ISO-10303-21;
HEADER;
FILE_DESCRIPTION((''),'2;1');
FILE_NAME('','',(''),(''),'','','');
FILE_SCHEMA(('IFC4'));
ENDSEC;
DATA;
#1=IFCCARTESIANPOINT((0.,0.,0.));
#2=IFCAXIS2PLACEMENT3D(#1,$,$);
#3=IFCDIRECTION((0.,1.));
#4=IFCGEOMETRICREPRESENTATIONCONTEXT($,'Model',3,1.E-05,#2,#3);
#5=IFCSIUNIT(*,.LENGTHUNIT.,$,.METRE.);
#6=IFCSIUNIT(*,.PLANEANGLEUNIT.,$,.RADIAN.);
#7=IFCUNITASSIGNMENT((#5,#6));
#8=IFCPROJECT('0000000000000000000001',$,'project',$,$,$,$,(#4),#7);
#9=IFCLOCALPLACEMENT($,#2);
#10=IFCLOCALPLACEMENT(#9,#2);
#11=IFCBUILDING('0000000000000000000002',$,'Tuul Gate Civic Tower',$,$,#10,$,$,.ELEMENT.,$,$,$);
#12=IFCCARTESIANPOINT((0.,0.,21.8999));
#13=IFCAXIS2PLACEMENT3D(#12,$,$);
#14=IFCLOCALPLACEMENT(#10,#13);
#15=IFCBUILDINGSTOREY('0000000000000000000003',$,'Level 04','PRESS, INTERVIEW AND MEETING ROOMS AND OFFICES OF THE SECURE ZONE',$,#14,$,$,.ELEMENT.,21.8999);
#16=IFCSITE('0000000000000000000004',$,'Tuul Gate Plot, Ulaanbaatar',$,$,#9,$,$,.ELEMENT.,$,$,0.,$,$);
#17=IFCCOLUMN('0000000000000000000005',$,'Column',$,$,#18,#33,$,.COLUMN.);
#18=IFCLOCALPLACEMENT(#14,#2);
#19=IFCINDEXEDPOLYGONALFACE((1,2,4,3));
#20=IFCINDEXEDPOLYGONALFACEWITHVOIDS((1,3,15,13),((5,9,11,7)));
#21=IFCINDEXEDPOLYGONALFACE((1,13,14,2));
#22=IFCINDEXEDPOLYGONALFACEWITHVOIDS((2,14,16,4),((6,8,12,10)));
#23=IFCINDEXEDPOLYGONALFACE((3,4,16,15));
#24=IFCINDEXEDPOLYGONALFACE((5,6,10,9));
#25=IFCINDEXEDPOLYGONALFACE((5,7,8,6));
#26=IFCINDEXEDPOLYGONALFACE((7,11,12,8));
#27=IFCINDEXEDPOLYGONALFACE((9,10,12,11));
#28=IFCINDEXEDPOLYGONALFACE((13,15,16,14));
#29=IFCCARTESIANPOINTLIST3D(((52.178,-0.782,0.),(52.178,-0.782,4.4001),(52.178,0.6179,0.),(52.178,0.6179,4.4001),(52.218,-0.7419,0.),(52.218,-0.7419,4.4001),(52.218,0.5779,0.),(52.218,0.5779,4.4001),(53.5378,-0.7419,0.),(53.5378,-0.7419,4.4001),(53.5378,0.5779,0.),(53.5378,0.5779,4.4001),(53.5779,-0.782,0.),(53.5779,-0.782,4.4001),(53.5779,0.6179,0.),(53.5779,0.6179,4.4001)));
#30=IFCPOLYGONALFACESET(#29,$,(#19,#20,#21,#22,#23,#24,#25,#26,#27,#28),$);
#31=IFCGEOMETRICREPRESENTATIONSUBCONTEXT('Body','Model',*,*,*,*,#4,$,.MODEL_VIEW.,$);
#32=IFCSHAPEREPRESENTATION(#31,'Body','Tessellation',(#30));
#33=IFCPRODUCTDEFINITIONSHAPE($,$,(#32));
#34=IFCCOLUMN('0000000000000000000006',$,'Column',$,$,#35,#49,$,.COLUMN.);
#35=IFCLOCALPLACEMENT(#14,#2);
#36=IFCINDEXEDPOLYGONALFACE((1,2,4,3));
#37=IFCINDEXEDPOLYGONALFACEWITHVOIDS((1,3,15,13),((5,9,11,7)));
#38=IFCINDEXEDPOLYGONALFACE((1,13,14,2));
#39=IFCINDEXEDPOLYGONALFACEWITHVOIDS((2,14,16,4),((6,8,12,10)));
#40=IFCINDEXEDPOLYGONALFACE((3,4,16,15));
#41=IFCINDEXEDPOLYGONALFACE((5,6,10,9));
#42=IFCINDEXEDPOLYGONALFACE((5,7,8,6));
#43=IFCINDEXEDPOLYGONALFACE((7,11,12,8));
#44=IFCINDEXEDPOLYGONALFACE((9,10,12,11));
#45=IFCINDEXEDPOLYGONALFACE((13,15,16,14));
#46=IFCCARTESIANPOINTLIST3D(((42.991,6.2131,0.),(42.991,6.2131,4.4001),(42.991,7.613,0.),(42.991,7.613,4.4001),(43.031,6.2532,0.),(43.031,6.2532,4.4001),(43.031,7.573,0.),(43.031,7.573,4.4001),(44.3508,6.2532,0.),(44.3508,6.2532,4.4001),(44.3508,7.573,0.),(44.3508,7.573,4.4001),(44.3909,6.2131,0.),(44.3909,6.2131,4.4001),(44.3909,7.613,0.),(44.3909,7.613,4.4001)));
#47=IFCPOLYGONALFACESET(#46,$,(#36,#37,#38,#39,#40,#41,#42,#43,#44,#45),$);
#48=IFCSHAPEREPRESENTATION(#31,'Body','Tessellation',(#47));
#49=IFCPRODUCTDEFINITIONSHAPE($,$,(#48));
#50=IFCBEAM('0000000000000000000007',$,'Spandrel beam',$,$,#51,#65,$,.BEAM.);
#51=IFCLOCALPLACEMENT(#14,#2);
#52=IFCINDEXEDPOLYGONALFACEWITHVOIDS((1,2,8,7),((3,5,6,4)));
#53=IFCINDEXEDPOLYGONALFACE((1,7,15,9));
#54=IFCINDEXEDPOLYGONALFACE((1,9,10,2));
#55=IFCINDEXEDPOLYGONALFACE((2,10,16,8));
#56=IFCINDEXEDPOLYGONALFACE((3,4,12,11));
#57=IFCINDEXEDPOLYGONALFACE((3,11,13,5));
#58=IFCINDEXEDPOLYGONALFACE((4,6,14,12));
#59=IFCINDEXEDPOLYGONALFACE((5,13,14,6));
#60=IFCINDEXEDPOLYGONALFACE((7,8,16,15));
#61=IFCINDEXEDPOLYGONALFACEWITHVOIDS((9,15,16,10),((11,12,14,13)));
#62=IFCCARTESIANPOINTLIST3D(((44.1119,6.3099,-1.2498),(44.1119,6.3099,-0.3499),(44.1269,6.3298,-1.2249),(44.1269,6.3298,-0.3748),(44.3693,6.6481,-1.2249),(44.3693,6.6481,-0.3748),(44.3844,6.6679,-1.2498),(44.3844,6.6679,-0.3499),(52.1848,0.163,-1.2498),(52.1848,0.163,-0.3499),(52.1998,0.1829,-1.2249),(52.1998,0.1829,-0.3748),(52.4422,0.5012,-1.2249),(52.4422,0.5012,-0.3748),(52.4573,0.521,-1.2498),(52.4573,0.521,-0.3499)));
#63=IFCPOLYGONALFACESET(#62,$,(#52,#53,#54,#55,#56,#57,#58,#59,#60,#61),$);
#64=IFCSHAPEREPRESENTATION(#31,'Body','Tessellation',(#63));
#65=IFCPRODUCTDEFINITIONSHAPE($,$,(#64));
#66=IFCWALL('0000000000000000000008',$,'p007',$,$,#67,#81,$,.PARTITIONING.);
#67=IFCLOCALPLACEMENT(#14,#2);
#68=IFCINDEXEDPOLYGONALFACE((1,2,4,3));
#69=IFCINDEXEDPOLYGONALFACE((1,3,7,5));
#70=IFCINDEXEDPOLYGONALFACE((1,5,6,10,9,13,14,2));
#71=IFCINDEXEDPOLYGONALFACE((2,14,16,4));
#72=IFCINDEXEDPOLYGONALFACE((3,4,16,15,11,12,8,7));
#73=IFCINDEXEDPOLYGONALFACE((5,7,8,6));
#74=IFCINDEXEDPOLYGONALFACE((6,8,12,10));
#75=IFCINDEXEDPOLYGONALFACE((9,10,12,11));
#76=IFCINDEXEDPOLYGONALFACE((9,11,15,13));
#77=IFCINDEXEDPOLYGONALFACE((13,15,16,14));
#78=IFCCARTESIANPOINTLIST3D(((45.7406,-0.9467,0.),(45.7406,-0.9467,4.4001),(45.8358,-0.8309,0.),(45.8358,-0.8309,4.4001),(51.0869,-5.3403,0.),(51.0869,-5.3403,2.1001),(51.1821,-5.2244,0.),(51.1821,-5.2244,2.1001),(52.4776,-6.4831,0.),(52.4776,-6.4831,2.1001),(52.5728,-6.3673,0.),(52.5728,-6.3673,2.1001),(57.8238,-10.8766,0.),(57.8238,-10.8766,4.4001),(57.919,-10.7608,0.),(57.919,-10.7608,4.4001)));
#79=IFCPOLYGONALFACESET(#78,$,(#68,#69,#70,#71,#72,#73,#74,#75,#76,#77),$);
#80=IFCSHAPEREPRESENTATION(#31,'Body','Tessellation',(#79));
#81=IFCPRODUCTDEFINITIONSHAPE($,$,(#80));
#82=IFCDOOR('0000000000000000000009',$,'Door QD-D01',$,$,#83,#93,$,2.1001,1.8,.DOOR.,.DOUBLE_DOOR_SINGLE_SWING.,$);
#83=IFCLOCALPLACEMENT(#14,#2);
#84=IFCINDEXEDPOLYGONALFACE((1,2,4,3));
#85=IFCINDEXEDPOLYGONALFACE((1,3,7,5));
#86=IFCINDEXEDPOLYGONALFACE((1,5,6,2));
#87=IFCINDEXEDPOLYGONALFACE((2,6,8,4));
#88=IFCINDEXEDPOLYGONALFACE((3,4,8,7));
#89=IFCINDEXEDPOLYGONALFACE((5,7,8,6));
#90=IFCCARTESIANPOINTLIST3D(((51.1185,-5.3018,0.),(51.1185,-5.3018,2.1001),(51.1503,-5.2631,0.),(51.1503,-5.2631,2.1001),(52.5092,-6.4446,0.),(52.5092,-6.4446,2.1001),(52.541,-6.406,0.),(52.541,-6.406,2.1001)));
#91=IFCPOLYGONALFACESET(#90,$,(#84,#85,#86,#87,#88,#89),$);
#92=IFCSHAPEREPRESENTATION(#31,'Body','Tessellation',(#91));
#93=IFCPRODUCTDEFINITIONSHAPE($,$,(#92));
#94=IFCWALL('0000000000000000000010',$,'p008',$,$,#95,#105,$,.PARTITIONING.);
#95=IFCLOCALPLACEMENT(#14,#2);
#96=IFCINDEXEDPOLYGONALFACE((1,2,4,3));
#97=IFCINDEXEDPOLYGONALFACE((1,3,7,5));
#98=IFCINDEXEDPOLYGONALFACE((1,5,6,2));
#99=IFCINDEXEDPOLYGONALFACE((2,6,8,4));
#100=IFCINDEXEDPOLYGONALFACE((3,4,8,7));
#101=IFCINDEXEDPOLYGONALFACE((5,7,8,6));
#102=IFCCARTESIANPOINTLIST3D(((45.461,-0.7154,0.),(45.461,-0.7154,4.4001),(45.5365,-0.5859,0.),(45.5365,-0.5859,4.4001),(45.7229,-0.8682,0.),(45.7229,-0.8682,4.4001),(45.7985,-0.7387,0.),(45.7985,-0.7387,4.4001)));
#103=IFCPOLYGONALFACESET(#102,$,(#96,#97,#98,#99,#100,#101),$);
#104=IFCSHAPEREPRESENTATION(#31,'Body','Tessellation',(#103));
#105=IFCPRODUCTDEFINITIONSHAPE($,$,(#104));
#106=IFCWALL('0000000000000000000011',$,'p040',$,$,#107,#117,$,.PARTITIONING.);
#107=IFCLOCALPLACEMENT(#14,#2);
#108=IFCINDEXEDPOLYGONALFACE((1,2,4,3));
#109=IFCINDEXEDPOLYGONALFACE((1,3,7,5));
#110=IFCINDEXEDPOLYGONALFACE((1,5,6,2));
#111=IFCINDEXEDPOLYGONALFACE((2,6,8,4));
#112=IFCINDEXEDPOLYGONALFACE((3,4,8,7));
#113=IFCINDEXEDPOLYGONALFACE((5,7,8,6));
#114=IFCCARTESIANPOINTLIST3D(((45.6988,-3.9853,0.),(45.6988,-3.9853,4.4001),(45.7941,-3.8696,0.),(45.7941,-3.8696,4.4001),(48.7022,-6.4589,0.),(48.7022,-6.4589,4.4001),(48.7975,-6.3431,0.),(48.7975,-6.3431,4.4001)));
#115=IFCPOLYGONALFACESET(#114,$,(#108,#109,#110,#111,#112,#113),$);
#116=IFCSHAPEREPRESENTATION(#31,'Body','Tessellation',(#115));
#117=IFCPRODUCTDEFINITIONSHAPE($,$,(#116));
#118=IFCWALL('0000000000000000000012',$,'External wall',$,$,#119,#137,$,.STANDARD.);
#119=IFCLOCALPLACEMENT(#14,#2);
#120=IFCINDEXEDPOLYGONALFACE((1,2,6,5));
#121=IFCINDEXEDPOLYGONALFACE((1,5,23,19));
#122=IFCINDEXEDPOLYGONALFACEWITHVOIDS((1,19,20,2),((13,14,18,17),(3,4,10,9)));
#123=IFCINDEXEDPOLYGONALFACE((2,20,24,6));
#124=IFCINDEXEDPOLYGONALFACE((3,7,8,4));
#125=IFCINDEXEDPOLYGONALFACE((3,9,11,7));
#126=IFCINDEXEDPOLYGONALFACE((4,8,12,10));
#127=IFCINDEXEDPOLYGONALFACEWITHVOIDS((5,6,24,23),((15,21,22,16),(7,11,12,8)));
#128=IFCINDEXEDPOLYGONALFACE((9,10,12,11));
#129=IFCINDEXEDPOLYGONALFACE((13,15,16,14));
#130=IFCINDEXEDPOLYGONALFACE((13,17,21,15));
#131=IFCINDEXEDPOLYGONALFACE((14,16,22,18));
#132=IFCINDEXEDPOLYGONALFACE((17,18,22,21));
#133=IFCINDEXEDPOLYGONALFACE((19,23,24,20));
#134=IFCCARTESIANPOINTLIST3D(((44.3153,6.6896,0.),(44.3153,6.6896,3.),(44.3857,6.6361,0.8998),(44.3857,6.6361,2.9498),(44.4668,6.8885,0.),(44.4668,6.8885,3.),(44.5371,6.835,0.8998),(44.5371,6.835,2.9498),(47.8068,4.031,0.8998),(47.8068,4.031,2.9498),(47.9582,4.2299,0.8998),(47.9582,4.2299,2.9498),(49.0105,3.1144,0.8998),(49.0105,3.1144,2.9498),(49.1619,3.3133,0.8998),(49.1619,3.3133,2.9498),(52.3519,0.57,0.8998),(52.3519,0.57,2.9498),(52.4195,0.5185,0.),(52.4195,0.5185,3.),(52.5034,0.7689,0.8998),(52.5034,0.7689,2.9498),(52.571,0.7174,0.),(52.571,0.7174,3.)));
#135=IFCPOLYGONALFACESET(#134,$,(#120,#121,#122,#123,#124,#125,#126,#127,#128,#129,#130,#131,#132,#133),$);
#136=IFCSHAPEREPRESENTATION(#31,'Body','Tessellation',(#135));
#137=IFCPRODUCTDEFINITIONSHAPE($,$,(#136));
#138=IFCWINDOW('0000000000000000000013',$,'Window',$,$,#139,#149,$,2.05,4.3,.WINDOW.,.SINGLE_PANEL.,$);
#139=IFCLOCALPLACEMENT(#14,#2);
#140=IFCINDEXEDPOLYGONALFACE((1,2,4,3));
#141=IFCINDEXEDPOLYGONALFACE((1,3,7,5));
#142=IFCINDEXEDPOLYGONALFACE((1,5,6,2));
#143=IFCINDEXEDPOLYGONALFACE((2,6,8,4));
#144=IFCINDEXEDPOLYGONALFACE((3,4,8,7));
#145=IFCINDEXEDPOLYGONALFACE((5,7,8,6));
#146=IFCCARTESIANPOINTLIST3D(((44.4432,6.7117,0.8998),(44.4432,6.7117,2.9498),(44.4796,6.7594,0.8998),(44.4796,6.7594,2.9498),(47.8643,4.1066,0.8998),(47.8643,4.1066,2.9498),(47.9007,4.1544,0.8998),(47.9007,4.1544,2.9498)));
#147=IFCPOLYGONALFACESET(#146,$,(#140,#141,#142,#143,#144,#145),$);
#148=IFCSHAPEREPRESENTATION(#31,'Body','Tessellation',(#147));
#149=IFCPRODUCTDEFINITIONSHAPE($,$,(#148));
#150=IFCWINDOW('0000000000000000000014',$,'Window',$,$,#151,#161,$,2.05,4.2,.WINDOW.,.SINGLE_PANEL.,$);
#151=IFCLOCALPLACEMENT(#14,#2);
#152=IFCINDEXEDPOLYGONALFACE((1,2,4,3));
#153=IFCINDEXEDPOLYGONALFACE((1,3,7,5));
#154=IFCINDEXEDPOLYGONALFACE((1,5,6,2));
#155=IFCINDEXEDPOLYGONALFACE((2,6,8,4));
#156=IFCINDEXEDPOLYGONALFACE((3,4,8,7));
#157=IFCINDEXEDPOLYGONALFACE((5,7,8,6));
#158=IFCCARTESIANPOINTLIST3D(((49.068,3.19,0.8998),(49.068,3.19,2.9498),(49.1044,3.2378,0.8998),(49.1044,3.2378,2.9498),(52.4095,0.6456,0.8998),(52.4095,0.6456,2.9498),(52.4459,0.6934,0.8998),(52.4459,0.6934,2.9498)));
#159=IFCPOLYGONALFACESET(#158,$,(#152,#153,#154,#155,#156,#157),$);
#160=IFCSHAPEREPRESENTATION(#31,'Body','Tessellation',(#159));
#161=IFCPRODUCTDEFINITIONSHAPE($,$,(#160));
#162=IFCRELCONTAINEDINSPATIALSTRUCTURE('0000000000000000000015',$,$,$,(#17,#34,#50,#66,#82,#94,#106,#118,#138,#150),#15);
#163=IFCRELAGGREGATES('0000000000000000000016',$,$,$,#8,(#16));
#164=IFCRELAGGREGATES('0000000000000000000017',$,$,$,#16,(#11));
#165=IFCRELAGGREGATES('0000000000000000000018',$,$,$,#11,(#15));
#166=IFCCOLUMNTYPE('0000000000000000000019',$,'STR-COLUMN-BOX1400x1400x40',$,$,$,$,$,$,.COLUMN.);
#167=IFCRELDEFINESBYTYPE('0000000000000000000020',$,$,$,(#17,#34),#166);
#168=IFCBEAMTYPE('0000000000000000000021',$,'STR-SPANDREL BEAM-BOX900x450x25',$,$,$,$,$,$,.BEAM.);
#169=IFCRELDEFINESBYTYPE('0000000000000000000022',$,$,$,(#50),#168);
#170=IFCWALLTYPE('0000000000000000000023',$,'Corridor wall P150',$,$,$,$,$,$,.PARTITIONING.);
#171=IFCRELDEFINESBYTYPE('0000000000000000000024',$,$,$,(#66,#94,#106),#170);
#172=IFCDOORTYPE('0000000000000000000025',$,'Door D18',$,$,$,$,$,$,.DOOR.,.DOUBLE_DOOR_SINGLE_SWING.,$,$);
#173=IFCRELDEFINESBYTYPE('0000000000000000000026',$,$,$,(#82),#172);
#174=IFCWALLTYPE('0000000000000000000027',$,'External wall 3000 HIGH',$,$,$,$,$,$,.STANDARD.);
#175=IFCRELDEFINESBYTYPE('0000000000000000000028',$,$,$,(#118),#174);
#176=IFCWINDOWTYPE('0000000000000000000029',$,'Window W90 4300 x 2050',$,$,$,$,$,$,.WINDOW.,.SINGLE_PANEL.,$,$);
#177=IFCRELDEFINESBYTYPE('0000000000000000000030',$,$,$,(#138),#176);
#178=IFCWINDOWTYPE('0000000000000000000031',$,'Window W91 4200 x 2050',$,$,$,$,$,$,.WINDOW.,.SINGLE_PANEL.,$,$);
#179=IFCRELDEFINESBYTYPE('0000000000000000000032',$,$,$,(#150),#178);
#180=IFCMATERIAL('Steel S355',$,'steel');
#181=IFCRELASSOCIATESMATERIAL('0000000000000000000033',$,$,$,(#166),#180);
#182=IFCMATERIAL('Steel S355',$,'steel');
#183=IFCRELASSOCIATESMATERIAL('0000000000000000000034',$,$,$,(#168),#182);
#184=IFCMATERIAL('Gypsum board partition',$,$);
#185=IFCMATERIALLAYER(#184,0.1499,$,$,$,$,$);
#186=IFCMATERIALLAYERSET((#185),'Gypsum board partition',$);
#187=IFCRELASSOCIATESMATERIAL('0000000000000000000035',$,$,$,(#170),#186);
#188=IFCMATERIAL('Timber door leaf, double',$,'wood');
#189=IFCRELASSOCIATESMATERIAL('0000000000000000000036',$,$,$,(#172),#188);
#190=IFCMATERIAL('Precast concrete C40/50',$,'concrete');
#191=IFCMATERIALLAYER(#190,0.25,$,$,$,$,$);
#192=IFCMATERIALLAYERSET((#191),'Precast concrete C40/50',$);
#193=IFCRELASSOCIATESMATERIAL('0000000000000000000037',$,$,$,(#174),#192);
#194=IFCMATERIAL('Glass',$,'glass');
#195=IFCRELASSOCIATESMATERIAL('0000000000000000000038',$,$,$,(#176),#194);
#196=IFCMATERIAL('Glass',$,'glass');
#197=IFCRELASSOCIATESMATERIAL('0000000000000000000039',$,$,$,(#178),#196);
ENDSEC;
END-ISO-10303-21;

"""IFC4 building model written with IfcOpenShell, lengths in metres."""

from ifc_helpers import new_model, si_unit, direction, frame, frame_2d, origin, origin_2d, place, context, subcontext, project, spatial, rectangle, hollow_rectangle, extrude, material, layer, layer_set, material_profile, profile_set, type_object, element, fill, save


model = new_model("IFC4")

# Units and contexts
model_context = context("Model", 3, precision=1e-05, world=origin(), true_north=direction((0.0, 1.0)))
body_context = subcontext(model_context, "Body", "Model", "MODEL_VIEW")
ifc_project = project(units=[si_unit("LENGTHUNIT", "METRE"), si_unit("PLANEANGLEUNIT", "RADIAN")], contexts=[model_context])

# Site, building, storey
site_placement = place(None, origin())
site = spatial("IfcSite", under=ifc_project, at=site_placement, Name="Tuul Gate Plot, Ulaanbaatar", CompositionType="ELEMENT", RefElevation=0.0)
building_placement = place(site_placement, origin())
building = spatial("IfcBuilding", under=site, at=building_placement, Name="Tuul Gate Civic Tower", CompositionType="ELEMENT")
storey_placement = place(building_placement, frame((0.0, 0.0, 21.8999)))
storey = spatial("IfcBuildingStorey", under=building, at=storey_placement, Name="Level 04", Description="PRESS, INTERVIEW AND MEETING ROOMS AND OFFICES OF THE SECURE ZONE", CompositionType="ELEMENT", Elevation=21.8999)

# Columns
ifc_material_1 = material(Name="Steel S355", Category="steel")
ifc_material_profile_1 = material_profile(ifc_material_1, hollow_rectangle(XDim=1.3999, YDim=1.3999, WallThickness=0.04, at=origin_2d()), Name="BOX1400x1400x40")
ifc_profile_set_1 = profile_set([ifc_material_profile_1], Name="Steel S355")
column_type = type_object("IfcColumnType", Name="STR-COLUMN-BOX1400x1400x40", PredefinedType="COLUMN", material=ifc_profile_set_1)
for number, where, z_axis, x_axis, name in (
    (1, (52.8779, -0.082, 0.0), (0.0, 0.0, 1.0), (1.0, 0.0, 0.0), "Column"),
    (2, (43.6909, 6.9131, 0.0), (0.0, 0.0, 1.0), (1.0, 0.0, 0.0), "Column"),
):
    element("IfcColumn", number, at=place(storey_placement, frame(where, z_axis=z_axis, x_axis=x_axis)), inside=storey, type_object=column_type, Name=name, PredefinedType="COLUMN", context=body_context, shape_type="SweptSolid", body=[
        extrude(hollow_rectangle(XDim=1.3999, YDim=1.3999, WallThickness=0.04, at=origin_2d()), origin(), (0.0, 0.0, 1.0), 4.4001),
    ])

# Beam
ifc_material_2 = material(Name="Steel S355", Category="steel")
ifc_material_profile_2 = material_profile(ifc_material_2, hollow_rectangle(XDim=0.45, YDim=0.8999, WallThickness=0.0249, at=origin_2d()), Name="BOX900x450x25")
ifc_profile_set_2 = profile_set([ifc_material_profile_2], Name="Steel S355")
beam_type = type_object("IfcBeamType", Name="STR-SPANDREL BEAM-BOX900x450x25", PredefinedType="BEAM", material=ifc_profile_set_2)
beam_placement = place(storey_placement, frame((52.321, 0.342, -0.7998), z_axis=(-0.795616, 0.605801, 0.0), x_axis=(-0.605801, -0.795616, 0.0)))
element("IfcBeam", 3, at=beam_placement, inside=storey, type_object=beam_type, Name="Spandrel beam", PredefinedType="BEAM", context=body_context, shape_type="SweptSolid", body=[
    extrude(hollow_rectangle(XDim=0.45, YDim=0.8999, WallThickness=0.0249, at=origin_2d()), origin(), (0.0, 0.0, 1.0), 10.1467),
])

# Wall, opening, door
ifc_material_3 = material(Name="Gypsum board partition")
ifc_layer_1 = layer(ifc_material_3, 0.1499)
ifc_layer_set_1 = layer_set([ifc_layer_1], Name="Gypsum board partition")
wall_type_1 = type_object("IfcWallType", Name="Corridor wall P150", PredefinedType="PARTITIONING", material=ifc_layer_set_1)
wall_1_placement = place(storey_placement, frame((45.7883, -0.8889, 0.0), z_axis=(0.0, 0.0, 1.0), x_axis=(0.772588, -0.634908, 0.0)))
wall_1 = element("IfcWall", 4, at=wall_1_placement, inside=storey, type_object=wall_type_1, Name="p007", PredefinedType="PARTITIONING", context=body_context, shape_type="SweptSolid", body=[
    extrude(rectangle(XDim=15.6399, YDim=0.1499, at=frame_2d((7.8198, 0.0))), origin(), (0.0, 0.0, 1.0), 4.4001),
])
opening_1_placement = place(wall_1_placement, frame((6.9199, 0.0, 0.0)))
opening_1 = element("IfcOpeningElement", 5, at=opening_1_placement, cuts=wall_1, PredefinedType="OPENING", context=body_context, shape_type="SweptSolid", body=[
    extrude(rectangle(XDim=1.8, YDim=2.1001, at=frame_2d((0.8999, 1.05))), frame((0.0, 0.085, 0.0), z_axis=(0.0, -1.0, 0.0), x_axis=(1.0, 0.0, 0.0)), (0.0, 0.0, 1.0), 0.1699),
])
ifc_material_4 = material(Name="Timber door leaf, double", Category="wood")
door_type_1 = type_object("IfcDoorType", Name="Door D18", OperationType="DOUBLE_DOOR_SINGLE_SWING", PredefinedType="DOOR", material=ifc_material_4)
door_1_placement = place(opening_1_placement, origin())
door_1 = element("IfcDoor", 6, at=door_1_placement, inside=storey, type_object=door_type_1, Name="Door QD-D01", OperationType="DOUBLE_DOOR_SINGLE_SWING", OverallHeight=2.1001, OverallWidth=1.8, PredefinedType="DOOR", context=body_context, shape_type="SweptSolid", body=[
    extrude(rectangle(XDim=1.8, YDim=2.1001, at=frame_2d((0.8999, 1.05))), frame((0.0, 0.0249, 0.0), z_axis=(0.0, -1.0, 0.0), x_axis=(1.0, 0.0, 0.0)), (0.0, 0.0, 1.0), 0.05),
])
fill(opening_1, door_1)

# Walls
wall_2_placement = place(storey_placement, frame((45.4988, -0.6506, 0.0), z_axis=(0.0, 0.0, 1.0), x_axis=(0.86375, -0.503921, 0.0)))
element("IfcWall", 7, at=wall_2_placement, inside=storey, type_object=wall_type_1, Name="p008", PredefinedType="PARTITIONING", context=body_context, shape_type="SweptSolid", body=[
    extrude(rectangle(XDim=0.3032, YDim=0.1499, at=frame_2d((0.1516, 0.0))), origin(), (0.0, 0.0, 1.0), 4.4001),
])
wall_3_placement = place(storey_placement, frame((45.7466, -3.9275, 0.0), z_axis=(0.0, 0.0, 1.0), x_axis=(0.771901, -0.635742, 0.0)))
element("IfcWall", 8, at=wall_3_placement, inside=storey, type_object=wall_type_1, Name="p040", PredefinedType="PARTITIONING", context=body_context, shape_type="SweptSolid", body=[
    extrude(rectangle(XDim=3.8909, YDim=0.1499, at=frame_2d((1.9453, 0.0))), origin(), (0.0, 0.0, 1.0), 4.4001),
])

# Wall, openings, windows
ifc_material_5 = material(Name="Precast concrete C40/50", Category="concrete")
ifc_layer_2 = layer(ifc_material_5, 0.25)
ifc_layer_set_2 = layer_set([ifc_layer_2], Name="Precast concrete C40/50")
wall_type_2 = type_object("IfcWallType", Name="External wall 3000 HIGH", PredefinedType="STANDARD", material=ifc_layer_set_2)
wall_4_placement = place(storey_placement, frame((52.4954, 0.6179, 0.0), z_axis=(0.0, 0.0, 1.0), x_axis=(-0.795598, 0.605824, 0.0)))
wall_4 = element("IfcWall", 9, at=wall_4_placement, inside=storey, type_object=wall_type_2, Name="External wall", PredefinedType="STANDARD", context=body_context, shape_type="SweptSolid", body=[
    extrude(rectangle(XDim=10.1863, YDim=0.25, at=frame_2d((5.0933, 0.0))), origin(), (0.0, 0.0, 1.0), 3.0),
])
opening_2_placement = place(wall_4_placement, frame((0.085, 0.0, 0.8999)))
opening_2 = element("IfcOpeningElement", 10, at=opening_2_placement, cuts=wall_4, PredefinedType="OPENING", context=body_context, shape_type="SweptSolid", body=[
    extrude(rectangle(XDim=4.2, YDim=2.05, at=frame_2d((2.1001, 1.0249))), frame((0.0, 0.135, 0.0), z_axis=(0.0, -1.0, 0.0), x_axis=(1.0, 0.0, 0.0)), (0.0, 0.0, 1.0), 0.27),
])
opening_3_placement = place(wall_4_placement, frame((5.7981, 0.0, 0.8999)))
opening_3 = element("IfcOpeningElement", 11, at=opening_3_placement, cuts=wall_4, PredefinedType="OPENING", context=body_context, shape_type="SweptSolid", body=[
    extrude(rectangle(XDim=4.3, YDim=2.05, at=frame_2d((2.1499, 1.0249))), frame((0.0, 0.135, 0.0), z_axis=(0.0, -1.0, 0.0), x_axis=(1.0, 0.0, 0.0)), (0.0, 0.0, 1.0), 0.27),
])
ifc_material_6 = material(Name="Glass", Category="glass")
window_type_1 = type_object("IfcWindowType", Name="Window W90 4300 x 2050", PartitioningType="SINGLE_PANEL", PredefinedType="WINDOW", material=ifc_material_6)
window_1_placement = place(opening_3_placement, origin())
window_1 = element("IfcWindow", 12, at=window_1_placement, inside=storey, type_object=window_type_1, Name="Window", OverallHeight=2.05, OverallWidth=4.3, PartitioningType="SINGLE_PANEL", PredefinedType="WINDOW", context=body_context, shape_type="SweptSolid", body=[
    extrude(rectangle(XDim=4.3, YDim=2.05, at=frame_2d((2.1499, 1.0249))), frame((0.0, 0.03, 0.0), z_axis=(0.0, -1.0, 0.0), x_axis=(1.0, 0.0, 0.0)), (0.0, 0.0, 1.0), 0.0601),
])
fill(opening_3, window_1)
ifc_material_7 = material(Name="Glass", Category="glass")
window_type_2 = type_object("IfcWindowType", Name="Window W91 4200 x 2050", PartitioningType="SINGLE_PANEL", PredefinedType="WINDOW", material=ifc_material_7)
window_2_placement = place(opening_2_placement, origin())
window_2 = element("IfcWindow", 13, at=window_2_placement, inside=storey, type_object=window_type_2, Name="Window", OverallHeight=2.05, OverallWidth=4.2, PartitioningType="SINGLE_PANEL", PredefinedType="WINDOW", context=body_context, shape_type="SweptSolid", body=[
    extrude(rectangle(XDim=4.2, YDim=2.05, at=frame_2d((2.1001, 1.0249))), frame((0.0, 0.03, 0.0), z_axis=(0.0, -1.0, 0.0), x_axis=(1.0, 0.0, 0.0)), (0.0, 0.0, 1.0), 0.0601),
])
fill(opening_2, window_2)

save(model, "model.ifc")
